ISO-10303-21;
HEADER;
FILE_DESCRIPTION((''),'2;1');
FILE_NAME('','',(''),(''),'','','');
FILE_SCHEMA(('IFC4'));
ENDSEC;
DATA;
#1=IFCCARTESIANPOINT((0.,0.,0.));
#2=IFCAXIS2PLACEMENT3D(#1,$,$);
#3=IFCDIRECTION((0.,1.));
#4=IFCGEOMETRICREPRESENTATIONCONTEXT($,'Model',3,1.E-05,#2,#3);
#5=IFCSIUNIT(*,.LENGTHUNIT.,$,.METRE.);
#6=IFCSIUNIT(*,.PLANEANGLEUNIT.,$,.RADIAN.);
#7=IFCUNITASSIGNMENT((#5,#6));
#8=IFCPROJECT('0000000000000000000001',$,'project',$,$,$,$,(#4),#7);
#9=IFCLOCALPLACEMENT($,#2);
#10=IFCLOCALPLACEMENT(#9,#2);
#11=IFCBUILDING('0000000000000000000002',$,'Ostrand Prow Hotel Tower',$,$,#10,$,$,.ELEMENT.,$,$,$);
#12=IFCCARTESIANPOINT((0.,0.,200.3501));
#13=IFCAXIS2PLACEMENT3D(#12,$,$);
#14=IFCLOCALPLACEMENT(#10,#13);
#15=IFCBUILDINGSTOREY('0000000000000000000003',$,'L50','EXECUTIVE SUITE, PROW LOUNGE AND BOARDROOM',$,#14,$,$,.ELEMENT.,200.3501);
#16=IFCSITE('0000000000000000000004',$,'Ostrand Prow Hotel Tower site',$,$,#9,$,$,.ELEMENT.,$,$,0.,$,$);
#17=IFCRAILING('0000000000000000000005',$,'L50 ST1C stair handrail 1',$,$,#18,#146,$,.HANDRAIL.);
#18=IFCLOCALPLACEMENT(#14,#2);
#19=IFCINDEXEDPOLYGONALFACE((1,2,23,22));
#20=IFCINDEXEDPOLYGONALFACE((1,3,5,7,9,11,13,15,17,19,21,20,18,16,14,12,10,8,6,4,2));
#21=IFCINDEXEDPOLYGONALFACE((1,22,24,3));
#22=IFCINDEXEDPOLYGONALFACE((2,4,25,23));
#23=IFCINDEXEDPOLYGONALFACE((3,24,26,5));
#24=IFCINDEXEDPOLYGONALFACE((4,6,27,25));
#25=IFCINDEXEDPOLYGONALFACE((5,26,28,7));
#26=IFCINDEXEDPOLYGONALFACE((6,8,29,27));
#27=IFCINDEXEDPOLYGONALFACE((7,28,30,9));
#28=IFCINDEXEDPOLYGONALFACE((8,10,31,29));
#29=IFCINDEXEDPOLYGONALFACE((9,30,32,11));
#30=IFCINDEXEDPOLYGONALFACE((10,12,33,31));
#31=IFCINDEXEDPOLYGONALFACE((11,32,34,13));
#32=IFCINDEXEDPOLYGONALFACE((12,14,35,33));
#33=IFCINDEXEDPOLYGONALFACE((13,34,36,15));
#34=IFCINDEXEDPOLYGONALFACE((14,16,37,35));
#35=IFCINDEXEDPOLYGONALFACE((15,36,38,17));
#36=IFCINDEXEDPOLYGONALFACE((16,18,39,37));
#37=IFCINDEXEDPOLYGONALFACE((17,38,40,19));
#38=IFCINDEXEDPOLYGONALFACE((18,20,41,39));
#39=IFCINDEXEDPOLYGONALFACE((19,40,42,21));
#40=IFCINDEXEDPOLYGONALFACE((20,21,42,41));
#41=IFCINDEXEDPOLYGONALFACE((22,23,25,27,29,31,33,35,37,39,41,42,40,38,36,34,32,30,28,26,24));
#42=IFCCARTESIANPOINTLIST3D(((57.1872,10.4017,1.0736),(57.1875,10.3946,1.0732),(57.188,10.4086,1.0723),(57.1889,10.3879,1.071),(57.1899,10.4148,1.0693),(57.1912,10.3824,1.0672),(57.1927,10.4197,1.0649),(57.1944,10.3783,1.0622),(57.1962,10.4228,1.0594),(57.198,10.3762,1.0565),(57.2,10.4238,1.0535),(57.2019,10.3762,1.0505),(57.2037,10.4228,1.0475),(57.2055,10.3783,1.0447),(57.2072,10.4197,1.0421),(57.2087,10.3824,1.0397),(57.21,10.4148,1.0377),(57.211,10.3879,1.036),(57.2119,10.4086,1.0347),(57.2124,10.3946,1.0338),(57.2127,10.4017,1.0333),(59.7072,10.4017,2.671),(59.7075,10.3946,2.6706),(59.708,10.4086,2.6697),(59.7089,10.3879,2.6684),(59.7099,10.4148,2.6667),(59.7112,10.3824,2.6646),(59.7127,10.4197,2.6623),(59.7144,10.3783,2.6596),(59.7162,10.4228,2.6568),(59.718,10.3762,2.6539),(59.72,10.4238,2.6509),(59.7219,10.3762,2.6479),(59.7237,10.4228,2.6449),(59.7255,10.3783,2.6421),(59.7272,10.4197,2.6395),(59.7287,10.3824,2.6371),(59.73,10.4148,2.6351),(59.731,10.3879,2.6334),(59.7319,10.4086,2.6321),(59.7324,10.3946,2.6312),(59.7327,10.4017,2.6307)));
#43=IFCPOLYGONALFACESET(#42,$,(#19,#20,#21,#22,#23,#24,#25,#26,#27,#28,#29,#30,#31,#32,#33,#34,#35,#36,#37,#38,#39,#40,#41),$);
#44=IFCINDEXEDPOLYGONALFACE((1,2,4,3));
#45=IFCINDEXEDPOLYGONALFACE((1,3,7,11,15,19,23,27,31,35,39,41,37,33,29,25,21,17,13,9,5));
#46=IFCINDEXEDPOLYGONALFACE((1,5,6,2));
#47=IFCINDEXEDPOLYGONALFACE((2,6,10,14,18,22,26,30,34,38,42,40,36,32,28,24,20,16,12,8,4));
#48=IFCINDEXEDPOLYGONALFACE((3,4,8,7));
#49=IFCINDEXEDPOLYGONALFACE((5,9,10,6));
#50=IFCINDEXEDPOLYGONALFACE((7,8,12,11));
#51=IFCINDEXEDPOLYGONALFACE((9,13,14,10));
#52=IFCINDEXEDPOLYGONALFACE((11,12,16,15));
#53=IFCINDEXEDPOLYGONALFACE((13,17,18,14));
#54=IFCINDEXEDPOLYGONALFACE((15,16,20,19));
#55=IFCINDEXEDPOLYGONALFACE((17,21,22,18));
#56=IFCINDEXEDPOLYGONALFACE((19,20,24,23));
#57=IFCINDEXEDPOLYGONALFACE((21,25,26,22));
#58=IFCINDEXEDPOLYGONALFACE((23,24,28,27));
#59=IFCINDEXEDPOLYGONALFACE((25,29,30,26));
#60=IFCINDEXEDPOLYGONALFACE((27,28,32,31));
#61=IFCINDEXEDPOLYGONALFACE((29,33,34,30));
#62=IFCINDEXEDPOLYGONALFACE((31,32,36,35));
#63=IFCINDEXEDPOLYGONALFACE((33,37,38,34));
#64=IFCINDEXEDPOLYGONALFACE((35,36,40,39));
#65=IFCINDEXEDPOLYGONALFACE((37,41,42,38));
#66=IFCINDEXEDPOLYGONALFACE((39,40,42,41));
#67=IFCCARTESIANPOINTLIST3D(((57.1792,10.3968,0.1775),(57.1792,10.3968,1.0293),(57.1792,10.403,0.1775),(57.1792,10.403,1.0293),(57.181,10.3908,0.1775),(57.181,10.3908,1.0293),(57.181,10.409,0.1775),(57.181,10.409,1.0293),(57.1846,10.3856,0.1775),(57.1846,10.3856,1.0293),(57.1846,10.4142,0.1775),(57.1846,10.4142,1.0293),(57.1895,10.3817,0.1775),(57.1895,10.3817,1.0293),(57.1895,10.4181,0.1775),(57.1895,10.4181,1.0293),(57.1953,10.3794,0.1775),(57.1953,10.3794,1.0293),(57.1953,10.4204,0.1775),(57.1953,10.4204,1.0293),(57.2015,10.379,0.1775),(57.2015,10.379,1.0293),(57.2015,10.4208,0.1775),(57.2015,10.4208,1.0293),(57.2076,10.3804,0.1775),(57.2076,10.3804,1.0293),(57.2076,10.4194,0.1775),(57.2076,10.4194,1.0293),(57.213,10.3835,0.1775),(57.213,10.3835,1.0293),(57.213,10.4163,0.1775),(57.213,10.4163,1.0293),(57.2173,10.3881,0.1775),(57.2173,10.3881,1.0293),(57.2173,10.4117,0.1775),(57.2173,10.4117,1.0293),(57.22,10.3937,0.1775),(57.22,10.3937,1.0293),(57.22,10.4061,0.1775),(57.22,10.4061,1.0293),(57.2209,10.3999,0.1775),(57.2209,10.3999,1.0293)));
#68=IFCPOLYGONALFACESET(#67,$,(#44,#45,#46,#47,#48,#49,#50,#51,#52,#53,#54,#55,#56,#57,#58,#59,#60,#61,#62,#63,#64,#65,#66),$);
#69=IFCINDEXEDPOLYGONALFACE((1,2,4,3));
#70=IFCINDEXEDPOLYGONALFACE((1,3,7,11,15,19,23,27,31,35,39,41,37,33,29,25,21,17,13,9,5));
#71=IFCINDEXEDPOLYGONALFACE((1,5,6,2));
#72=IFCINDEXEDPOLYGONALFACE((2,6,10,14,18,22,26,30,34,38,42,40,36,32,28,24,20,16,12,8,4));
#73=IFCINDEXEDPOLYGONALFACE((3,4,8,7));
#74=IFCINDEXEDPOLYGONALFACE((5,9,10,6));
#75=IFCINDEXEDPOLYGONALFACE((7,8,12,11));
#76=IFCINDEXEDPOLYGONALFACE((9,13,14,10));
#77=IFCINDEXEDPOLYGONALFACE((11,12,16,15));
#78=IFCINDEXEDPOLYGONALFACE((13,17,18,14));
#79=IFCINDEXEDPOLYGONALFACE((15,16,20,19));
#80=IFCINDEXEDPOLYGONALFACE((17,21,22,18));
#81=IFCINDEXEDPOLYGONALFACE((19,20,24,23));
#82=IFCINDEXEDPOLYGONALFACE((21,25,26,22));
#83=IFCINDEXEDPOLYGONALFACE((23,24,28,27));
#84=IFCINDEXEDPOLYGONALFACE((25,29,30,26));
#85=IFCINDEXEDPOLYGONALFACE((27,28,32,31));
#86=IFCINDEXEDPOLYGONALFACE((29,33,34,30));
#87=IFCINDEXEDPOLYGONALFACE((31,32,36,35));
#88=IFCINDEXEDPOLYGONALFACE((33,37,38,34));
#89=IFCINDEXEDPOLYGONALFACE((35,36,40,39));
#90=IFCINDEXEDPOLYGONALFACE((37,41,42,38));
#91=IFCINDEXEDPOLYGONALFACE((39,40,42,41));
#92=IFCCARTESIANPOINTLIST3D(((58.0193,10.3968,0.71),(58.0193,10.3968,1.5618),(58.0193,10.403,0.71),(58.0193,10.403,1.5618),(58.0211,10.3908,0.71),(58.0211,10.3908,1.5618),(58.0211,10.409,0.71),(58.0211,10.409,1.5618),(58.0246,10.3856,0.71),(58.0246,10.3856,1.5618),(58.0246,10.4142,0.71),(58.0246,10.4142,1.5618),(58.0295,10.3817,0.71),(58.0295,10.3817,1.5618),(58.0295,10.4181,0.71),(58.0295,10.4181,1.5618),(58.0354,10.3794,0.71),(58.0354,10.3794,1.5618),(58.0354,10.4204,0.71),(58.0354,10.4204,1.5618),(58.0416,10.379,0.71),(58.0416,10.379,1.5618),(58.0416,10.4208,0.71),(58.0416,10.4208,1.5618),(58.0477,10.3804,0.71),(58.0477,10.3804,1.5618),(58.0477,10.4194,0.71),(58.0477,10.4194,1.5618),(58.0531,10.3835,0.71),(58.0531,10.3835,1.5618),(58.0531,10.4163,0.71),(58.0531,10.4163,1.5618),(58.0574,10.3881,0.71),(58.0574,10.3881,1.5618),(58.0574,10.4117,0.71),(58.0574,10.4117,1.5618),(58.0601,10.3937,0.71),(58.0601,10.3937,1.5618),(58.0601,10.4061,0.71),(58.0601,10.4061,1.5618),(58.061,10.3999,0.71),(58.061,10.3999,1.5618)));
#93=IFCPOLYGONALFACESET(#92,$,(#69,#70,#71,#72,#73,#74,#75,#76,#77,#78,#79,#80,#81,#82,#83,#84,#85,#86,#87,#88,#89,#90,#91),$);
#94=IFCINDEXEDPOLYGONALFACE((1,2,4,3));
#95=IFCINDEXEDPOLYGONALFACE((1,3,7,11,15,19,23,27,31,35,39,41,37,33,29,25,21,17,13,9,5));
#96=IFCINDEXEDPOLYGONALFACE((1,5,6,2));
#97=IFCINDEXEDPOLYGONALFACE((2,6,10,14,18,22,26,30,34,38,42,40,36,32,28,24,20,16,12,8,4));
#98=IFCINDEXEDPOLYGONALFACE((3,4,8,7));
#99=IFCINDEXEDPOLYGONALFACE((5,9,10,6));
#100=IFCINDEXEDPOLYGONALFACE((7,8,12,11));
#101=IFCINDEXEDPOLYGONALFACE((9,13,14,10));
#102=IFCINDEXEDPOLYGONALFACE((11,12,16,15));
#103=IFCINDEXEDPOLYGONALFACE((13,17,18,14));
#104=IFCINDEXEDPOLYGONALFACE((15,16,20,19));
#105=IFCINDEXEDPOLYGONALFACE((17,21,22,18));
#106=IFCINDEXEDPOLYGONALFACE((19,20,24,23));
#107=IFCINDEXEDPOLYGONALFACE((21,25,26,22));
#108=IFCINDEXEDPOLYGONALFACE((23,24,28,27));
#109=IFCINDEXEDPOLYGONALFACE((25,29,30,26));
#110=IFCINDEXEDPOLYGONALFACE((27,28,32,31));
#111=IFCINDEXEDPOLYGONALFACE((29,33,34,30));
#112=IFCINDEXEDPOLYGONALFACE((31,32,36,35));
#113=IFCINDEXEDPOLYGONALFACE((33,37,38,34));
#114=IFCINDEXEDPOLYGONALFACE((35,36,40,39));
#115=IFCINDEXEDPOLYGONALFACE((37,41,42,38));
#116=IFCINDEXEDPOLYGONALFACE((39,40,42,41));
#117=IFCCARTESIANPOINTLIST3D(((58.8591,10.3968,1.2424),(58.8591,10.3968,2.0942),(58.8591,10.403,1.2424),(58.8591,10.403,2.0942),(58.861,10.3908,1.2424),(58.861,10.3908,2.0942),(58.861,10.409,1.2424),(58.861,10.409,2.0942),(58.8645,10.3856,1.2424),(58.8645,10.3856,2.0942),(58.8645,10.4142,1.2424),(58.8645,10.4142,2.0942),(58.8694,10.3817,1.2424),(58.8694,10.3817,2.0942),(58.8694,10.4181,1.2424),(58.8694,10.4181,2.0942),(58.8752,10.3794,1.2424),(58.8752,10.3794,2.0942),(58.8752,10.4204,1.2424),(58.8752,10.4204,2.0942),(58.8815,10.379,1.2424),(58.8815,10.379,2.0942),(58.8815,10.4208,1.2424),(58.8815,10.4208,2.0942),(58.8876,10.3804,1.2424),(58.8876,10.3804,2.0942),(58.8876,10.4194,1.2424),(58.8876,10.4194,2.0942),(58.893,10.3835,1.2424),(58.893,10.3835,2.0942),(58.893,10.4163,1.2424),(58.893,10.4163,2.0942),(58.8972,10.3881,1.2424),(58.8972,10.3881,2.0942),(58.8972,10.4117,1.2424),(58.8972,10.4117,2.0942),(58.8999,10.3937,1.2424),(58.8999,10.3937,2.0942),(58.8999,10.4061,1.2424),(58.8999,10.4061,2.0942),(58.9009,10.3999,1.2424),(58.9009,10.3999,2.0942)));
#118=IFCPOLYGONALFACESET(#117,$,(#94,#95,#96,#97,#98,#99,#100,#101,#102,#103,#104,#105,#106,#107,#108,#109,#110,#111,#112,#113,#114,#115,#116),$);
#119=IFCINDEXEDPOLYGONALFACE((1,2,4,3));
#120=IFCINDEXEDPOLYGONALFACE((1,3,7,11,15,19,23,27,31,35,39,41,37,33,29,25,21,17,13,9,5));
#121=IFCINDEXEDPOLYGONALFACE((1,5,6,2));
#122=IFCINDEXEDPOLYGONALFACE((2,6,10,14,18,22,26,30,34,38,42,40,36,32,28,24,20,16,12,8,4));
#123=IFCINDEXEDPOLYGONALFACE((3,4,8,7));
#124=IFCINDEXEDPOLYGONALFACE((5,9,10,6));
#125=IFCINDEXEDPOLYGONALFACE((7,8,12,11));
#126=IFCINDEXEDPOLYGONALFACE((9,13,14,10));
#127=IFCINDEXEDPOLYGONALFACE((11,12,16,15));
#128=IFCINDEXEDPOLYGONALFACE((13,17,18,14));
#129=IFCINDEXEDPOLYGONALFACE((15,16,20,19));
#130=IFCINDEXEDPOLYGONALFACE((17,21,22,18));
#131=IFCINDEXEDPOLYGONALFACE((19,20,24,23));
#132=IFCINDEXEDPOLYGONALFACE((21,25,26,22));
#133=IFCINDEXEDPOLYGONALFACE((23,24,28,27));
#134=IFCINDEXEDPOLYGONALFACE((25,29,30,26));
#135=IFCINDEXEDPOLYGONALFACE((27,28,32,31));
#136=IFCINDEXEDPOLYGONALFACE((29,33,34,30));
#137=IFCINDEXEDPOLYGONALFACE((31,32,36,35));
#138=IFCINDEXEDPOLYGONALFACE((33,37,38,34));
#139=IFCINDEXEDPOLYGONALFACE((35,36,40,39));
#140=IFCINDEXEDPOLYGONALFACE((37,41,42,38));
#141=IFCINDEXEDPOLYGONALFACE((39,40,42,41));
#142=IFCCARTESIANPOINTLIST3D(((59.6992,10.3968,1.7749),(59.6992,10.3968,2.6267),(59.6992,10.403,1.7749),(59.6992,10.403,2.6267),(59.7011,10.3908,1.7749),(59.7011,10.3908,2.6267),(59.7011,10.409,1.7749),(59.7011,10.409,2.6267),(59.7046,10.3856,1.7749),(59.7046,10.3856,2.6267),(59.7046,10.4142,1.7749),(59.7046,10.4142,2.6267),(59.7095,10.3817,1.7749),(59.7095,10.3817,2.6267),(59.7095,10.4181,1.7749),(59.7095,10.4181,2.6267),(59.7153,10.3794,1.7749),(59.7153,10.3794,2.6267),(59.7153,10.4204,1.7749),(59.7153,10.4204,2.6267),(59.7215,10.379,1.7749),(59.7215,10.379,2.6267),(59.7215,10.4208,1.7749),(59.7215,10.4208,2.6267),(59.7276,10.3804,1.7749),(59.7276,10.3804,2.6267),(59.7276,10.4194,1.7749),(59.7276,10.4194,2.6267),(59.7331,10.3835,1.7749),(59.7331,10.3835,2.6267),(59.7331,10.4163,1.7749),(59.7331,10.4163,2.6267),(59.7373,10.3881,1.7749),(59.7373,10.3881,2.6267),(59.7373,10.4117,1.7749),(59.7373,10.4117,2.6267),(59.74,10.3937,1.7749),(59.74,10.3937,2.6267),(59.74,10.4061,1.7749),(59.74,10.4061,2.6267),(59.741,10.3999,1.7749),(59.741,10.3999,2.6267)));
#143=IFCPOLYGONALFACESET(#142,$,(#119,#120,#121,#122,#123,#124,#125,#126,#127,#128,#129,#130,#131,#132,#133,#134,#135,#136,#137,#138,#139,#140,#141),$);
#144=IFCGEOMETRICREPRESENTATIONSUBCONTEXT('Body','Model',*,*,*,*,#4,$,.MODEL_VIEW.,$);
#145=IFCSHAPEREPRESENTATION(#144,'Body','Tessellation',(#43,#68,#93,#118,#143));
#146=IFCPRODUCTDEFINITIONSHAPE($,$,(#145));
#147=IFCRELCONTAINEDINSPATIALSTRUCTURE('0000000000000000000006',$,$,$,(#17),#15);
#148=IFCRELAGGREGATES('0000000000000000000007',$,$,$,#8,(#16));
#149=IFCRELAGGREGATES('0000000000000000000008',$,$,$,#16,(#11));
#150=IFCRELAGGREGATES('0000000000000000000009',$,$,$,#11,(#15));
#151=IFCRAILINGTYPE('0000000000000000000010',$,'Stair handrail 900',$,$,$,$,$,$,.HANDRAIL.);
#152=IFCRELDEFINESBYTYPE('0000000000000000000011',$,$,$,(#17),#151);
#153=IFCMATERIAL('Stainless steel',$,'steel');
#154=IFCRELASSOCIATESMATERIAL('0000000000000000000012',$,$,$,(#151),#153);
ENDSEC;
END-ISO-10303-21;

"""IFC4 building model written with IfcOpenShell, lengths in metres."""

from ifc_helpers import new_model, si_unit, direction, frame, origin, origin_2d, place, context, subcontext, project, spatial, circle, extrude, material, type_object, element, save


model = new_model("IFC4")

# Units and contexts
model_context = context("Model", 3, precision=1e-05, world=origin(), true_north=direction((0.0, 1.0)))
body_context = subcontext(model_context, "Body", "Model", "MODEL_VIEW")
ifc_project = project(units=[si_unit("LENGTHUNIT", "METRE"), si_unit("PLANEANGLEUNIT", "RADIAN")], contexts=[model_context])

# Site, building, storey
site_placement = place(None, origin())
site = spatial("IfcSite", under=ifc_project, at=site_placement, Name="Ostrand Prow Hotel Tower site", CompositionType="ELEMENT", RefElevation=0.0)
building_placement = place(site_placement, origin())
building = spatial("IfcBuilding", under=site, at=building_placement, Name="Ostrand Prow Hotel Tower", CompositionType="ELEMENT")
storey_placement = place(building_placement, frame((0.0, 0.0, 200.3501)))
storey = spatial("IfcBuildingStorey", under=building, at=storey_placement, Name="L50", Description="EXECUTIVE SUITE, PROW LOUNGE AND BOARDROOM", CompositionType="ELEMENT", Elevation=200.3501)

# Railing
ifc_material_1 = material(Name="Stainless steel", Category="steel")
railing_type_1 = type_object("IfcRailingType", Name="Stair handrail 900", PredefinedType="HANDRAIL", material=ifc_material_1)
railing_1_placement = place(storey_placement, frame((57.2, 10.3999, 0.1775)))
element("IfcRailing", 1, at=railing_1_placement, inside=storey, type_object=railing_type_1, Name="L50 ST1C stair handrail 1", PredefinedType="HANDRAIL", context=body_context, shape_type="SweptSolid", body=[
    extrude(circle(Radius=0.0239, at=origin_2d()), frame((0.0, 0.0, 0.876), z_axis=(0.844607, 0.0, 0.535387), x_axis=(0.0, 1.0, 0.0)), (0.0, 0.0, 1.0), 2.9836),
    extrude(circle(Radius=0.021, at=origin_2d()), origin(), (0.0, 0.0, 1.0), 0.8518),
    extrude(circle(Radius=0.021, at=origin_2d()), frame((0.8401, 0.0, 0.5325)), (0.0, 0.0, 1.0), 0.8518),
    extrude(circle(Radius=0.021, at=origin_2d()), frame((1.6799, 0.0, 1.0649)), (0.0, 0.0, 1.0), 0.8518),
    extrude(circle(Radius=0.021, at=origin_2d()), frame((2.52, 0.0, 1.5974)), (0.0, 0.0, 1.0), 0.8518),
])

save(model, "model.ifc")
